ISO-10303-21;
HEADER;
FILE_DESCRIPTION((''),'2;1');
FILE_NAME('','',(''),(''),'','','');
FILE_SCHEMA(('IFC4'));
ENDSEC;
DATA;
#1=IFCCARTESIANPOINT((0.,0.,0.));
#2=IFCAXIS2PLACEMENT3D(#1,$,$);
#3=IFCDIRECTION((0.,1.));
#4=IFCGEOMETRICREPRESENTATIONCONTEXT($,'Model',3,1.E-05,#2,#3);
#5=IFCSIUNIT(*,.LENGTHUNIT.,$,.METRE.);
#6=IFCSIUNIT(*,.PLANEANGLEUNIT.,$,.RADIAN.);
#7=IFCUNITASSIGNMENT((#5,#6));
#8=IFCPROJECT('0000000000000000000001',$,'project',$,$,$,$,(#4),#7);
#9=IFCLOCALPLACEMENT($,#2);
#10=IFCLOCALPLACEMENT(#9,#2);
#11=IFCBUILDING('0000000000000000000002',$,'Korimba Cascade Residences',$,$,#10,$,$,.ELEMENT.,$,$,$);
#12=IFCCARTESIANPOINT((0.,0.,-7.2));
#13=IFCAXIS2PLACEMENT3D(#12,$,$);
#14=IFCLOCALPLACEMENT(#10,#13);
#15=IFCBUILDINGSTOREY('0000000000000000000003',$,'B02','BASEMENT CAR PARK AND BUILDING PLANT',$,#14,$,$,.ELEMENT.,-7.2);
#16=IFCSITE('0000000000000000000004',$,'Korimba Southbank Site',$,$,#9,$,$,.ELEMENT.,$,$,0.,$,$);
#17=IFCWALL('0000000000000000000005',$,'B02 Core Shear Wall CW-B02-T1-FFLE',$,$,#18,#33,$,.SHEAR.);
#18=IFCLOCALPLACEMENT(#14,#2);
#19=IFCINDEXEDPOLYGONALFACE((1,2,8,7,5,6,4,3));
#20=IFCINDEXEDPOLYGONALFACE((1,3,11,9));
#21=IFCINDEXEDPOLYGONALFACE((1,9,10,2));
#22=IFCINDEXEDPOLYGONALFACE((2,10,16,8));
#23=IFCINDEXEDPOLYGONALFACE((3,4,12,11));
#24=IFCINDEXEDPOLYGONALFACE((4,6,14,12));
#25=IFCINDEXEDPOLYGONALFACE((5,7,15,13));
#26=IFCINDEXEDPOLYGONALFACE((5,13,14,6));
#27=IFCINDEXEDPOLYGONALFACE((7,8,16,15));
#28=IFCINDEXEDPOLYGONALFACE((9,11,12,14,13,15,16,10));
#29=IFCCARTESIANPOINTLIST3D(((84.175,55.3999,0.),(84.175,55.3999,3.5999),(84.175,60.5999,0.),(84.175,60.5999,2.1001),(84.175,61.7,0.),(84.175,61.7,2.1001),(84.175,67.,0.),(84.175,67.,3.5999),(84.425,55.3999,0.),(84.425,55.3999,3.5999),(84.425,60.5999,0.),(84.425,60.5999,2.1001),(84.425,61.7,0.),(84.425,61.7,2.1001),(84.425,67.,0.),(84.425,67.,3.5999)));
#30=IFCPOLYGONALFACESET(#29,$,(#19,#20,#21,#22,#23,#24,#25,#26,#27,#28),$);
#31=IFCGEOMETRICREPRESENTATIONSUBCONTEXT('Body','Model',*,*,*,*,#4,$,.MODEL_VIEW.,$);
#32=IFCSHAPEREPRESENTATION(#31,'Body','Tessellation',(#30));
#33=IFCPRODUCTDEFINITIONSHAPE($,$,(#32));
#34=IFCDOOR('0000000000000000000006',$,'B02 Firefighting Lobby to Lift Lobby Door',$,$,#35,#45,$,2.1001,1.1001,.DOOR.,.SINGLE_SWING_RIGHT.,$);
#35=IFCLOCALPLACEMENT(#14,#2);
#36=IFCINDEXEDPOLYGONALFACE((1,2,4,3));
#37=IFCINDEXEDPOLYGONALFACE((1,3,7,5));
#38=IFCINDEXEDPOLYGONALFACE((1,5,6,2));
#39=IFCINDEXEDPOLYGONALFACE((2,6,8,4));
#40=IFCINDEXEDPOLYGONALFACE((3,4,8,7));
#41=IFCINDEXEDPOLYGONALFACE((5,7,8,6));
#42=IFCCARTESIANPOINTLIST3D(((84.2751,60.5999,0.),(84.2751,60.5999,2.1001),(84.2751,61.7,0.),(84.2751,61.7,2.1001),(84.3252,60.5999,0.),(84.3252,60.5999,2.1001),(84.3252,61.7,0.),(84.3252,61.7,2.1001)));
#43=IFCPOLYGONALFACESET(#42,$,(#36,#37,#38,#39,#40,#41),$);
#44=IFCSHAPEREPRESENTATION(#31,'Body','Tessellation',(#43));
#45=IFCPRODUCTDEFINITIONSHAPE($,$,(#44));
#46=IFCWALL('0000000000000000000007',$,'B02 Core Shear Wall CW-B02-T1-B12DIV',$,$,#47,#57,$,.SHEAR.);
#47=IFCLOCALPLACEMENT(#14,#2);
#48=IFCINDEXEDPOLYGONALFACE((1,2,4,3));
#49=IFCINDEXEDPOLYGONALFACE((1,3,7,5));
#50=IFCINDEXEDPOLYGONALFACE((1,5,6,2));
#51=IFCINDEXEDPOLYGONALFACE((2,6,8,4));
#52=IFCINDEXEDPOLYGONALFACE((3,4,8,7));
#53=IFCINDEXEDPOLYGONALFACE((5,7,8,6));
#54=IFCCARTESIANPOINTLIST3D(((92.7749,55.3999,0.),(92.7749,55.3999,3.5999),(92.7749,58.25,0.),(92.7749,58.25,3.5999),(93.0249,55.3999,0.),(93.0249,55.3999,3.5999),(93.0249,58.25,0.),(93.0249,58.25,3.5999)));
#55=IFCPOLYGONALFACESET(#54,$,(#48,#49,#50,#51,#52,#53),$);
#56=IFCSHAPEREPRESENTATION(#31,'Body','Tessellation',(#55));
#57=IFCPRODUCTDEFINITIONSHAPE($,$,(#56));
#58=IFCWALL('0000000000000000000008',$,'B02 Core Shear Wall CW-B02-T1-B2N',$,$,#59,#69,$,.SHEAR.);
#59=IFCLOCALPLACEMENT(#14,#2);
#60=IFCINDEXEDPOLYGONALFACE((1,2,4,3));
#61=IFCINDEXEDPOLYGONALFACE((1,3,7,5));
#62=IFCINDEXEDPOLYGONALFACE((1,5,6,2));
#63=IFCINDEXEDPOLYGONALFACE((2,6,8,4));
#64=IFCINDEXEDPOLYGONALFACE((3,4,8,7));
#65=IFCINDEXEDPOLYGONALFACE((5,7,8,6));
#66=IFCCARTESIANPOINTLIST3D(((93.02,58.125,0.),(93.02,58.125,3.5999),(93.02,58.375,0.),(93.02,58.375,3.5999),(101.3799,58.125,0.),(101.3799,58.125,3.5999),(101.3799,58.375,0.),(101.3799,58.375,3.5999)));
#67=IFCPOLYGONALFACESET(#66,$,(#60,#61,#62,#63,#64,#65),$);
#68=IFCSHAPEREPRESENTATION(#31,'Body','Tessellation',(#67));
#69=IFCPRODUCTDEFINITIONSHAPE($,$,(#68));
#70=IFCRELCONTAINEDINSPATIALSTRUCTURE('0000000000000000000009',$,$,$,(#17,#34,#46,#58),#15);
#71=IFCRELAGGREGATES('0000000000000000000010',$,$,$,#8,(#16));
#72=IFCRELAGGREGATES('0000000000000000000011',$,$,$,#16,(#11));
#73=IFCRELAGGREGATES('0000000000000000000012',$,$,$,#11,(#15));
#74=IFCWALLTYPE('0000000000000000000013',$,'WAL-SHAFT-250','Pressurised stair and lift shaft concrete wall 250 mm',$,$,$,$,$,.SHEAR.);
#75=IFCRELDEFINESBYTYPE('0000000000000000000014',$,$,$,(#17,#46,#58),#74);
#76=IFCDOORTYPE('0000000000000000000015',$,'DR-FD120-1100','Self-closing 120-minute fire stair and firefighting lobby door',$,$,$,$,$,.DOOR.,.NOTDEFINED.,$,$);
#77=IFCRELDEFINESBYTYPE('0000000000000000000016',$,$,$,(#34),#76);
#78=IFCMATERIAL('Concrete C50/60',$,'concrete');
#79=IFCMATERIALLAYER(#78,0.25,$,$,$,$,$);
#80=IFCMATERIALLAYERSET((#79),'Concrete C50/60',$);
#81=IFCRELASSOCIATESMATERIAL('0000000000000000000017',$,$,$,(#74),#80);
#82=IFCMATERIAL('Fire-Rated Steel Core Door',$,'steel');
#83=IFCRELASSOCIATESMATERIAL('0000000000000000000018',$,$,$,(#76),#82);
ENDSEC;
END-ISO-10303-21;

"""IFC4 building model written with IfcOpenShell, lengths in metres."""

from ifc_helpers import new_model, si_unit, direction, frame, frame_2d, origin, place, context, subcontext, project, spatial, rectangle, extrude, material, layer, layer_set, type_object, element, fill, save


model = new_model("IFC4")

# Units and contexts
model_context = context("Model", 3, precision=1e-05, world=origin(), true_north=direction((0.0, 1.0)))
body_context = subcontext(model_context, "Body", "Model", "MODEL_VIEW")
ifc_project = project(units=[si_unit("LENGTHUNIT", "METRE"), si_unit("PLANEANGLEUNIT", "RADIAN")], contexts=[model_context])

# Site, building, storey
site_placement = place(None, origin())
site = spatial("IfcSite", under=ifc_project, at=site_placement, Name="Korimba Southbank Site", CompositionType="ELEMENT", RefElevation=0.0)
building_placement = place(site_placement, origin())
building = spatial("IfcBuilding", under=site, at=building_placement, Name="Korimba Cascade Residences", CompositionType="ELEMENT")
storey_placement = place(building_placement, frame((0.0, 0.0, -7.2)))
storey = spatial("IfcBuildingStorey", under=building, at=storey_placement, Name="B02", Description="BASEMENT CAR PARK AND BUILDING PLANT", CompositionType="ELEMENT", Elevation=-7.2)

# Shared definitions
ifc_material_1 = material(Name="Concrete C50/60", Category="concrete")

# Shared definitions
ifc_layer_1 = layer(ifc_material_1, 0.25)
ifc_layer_set_1 = layer_set([ifc_layer_1], Name="Concrete C50/60")
wall_type_1 = type_object("IfcWallType", Name="WAL-SHAFT-250", Description="Pressurised stair and lift shaft concrete wall 250 mm", PredefinedType="SHEAR", material=ifc_layer_set_1)
ifc_material_2 = material(Name="Fire-Rated Steel Core Door", Category="steel")
door_type_1 = type_object("IfcDoorType", Name="DR-FD120-1100", Description="Self-closing 120-minute fire stair and firefighting lobby door", OperationType="NOTDEFINED", PredefinedType="DOOR", material=ifc_material_2)

# Wall, opening, door
wall_1_placement = place(storey_placement, frame((84.3, 55.3999, 0.0), z_axis=(0.0, 0.0, 1.0), x_axis=(0.0, 1.0, 0.0)))
wall_1 = element("IfcWall", 1, at=wall_1_placement, inside=storey, type_object=wall_type_1, Name="B02 Core Shear Wall CW-B02-T1-FFLE", PredefinedType="SHEAR", context=body_context, shape_type="SweptSolid", body=[
    extrude(rectangle(XDim=11.6001, YDim=0.25, at=frame_2d((5.8, 0.0))), origin(), (0.0, 0.0, 1.0), 3.5999),
])
opening_1_placement = place(wall_1_placement, frame((5.2, 0.0, 0.0)))
opening_1 = element("IfcOpeningElement", 2, at=opening_1_placement, cuts=wall_1, PredefinedType="OPENING", context=body_context, shape_type="SweptSolid", body=[
    extrude(rectangle(XDim=1.1001, YDim=2.1001, at=frame_2d((0.55, 1.05))), frame((0.0, 0.135, 0.0), z_axis=(0.0, -1.0, 0.0), x_axis=(1.0, 0.0, 0.0)), (0.0, 0.0, 1.0), 0.27),
])
door_1_placement = place(opening_1_placement, origin())
door_1 = element("IfcDoor", 3, at=door_1_placement, inside=storey, type_object=door_type_1, Name="B02 Firefighting Lobby to Lift Lobby Door", OperationType="SINGLE_SWING_RIGHT", OverallHeight=2.1001, OverallWidth=1.1001, PredefinedType="DOOR", context=body_context, shape_type="SweptSolid", body=[
    extrude(rectangle(XDim=1.1001, YDim=2.1001, at=frame_2d((0.55, 1.05))), frame((0.0, 0.0249, 0.0), z_axis=(0.0, -1.0, 0.0), x_axis=(1.0, 0.0, 0.0)), (0.0, 0.0, 1.0), 0.05),
])
fill(opening_1, door_1)

# Walls
wall_2_placement = place(storey_placement, frame((92.8999, 55.3999, 0.0), z_axis=(0.0, 0.0, 1.0), x_axis=(0.0, 1.0, 0.0)))
element("IfcWall", 4, at=wall_2_placement, inside=storey, type_object=wall_type_1, Name="B02 Core Shear Wall CW-B02-T1-B12DIV", PredefinedType="SHEAR", context=body_context, shape_type="SweptSolid", body=[
    extrude(rectangle(XDim=2.8501, YDim=0.25, at=frame_2d((1.425, 0.0))), origin(), (0.0, 0.0, 1.0), 3.5999),
])
wall_3_placement = place(storey_placement, frame((93.02, 58.25, 0.0), z_axis=(0.0, 0.0, 1.0), x_axis=(1.0, 0.0, 0.0)))
element("IfcWall", 5, at=wall_3_placement, inside=storey, type_object=wall_type_1, Name="B02 Core Shear Wall CW-B02-T1-B2N", PredefinedType="SHEAR", context=body_context, shape_type="SweptSolid", body=[
    extrude(rectangle(XDim=8.3599, YDim=0.25, at=frame_2d((4.1799, 0.0))), origin(), (0.0, 0.0, 1.0), 3.5999),
])

save(model, "model.ifc")
